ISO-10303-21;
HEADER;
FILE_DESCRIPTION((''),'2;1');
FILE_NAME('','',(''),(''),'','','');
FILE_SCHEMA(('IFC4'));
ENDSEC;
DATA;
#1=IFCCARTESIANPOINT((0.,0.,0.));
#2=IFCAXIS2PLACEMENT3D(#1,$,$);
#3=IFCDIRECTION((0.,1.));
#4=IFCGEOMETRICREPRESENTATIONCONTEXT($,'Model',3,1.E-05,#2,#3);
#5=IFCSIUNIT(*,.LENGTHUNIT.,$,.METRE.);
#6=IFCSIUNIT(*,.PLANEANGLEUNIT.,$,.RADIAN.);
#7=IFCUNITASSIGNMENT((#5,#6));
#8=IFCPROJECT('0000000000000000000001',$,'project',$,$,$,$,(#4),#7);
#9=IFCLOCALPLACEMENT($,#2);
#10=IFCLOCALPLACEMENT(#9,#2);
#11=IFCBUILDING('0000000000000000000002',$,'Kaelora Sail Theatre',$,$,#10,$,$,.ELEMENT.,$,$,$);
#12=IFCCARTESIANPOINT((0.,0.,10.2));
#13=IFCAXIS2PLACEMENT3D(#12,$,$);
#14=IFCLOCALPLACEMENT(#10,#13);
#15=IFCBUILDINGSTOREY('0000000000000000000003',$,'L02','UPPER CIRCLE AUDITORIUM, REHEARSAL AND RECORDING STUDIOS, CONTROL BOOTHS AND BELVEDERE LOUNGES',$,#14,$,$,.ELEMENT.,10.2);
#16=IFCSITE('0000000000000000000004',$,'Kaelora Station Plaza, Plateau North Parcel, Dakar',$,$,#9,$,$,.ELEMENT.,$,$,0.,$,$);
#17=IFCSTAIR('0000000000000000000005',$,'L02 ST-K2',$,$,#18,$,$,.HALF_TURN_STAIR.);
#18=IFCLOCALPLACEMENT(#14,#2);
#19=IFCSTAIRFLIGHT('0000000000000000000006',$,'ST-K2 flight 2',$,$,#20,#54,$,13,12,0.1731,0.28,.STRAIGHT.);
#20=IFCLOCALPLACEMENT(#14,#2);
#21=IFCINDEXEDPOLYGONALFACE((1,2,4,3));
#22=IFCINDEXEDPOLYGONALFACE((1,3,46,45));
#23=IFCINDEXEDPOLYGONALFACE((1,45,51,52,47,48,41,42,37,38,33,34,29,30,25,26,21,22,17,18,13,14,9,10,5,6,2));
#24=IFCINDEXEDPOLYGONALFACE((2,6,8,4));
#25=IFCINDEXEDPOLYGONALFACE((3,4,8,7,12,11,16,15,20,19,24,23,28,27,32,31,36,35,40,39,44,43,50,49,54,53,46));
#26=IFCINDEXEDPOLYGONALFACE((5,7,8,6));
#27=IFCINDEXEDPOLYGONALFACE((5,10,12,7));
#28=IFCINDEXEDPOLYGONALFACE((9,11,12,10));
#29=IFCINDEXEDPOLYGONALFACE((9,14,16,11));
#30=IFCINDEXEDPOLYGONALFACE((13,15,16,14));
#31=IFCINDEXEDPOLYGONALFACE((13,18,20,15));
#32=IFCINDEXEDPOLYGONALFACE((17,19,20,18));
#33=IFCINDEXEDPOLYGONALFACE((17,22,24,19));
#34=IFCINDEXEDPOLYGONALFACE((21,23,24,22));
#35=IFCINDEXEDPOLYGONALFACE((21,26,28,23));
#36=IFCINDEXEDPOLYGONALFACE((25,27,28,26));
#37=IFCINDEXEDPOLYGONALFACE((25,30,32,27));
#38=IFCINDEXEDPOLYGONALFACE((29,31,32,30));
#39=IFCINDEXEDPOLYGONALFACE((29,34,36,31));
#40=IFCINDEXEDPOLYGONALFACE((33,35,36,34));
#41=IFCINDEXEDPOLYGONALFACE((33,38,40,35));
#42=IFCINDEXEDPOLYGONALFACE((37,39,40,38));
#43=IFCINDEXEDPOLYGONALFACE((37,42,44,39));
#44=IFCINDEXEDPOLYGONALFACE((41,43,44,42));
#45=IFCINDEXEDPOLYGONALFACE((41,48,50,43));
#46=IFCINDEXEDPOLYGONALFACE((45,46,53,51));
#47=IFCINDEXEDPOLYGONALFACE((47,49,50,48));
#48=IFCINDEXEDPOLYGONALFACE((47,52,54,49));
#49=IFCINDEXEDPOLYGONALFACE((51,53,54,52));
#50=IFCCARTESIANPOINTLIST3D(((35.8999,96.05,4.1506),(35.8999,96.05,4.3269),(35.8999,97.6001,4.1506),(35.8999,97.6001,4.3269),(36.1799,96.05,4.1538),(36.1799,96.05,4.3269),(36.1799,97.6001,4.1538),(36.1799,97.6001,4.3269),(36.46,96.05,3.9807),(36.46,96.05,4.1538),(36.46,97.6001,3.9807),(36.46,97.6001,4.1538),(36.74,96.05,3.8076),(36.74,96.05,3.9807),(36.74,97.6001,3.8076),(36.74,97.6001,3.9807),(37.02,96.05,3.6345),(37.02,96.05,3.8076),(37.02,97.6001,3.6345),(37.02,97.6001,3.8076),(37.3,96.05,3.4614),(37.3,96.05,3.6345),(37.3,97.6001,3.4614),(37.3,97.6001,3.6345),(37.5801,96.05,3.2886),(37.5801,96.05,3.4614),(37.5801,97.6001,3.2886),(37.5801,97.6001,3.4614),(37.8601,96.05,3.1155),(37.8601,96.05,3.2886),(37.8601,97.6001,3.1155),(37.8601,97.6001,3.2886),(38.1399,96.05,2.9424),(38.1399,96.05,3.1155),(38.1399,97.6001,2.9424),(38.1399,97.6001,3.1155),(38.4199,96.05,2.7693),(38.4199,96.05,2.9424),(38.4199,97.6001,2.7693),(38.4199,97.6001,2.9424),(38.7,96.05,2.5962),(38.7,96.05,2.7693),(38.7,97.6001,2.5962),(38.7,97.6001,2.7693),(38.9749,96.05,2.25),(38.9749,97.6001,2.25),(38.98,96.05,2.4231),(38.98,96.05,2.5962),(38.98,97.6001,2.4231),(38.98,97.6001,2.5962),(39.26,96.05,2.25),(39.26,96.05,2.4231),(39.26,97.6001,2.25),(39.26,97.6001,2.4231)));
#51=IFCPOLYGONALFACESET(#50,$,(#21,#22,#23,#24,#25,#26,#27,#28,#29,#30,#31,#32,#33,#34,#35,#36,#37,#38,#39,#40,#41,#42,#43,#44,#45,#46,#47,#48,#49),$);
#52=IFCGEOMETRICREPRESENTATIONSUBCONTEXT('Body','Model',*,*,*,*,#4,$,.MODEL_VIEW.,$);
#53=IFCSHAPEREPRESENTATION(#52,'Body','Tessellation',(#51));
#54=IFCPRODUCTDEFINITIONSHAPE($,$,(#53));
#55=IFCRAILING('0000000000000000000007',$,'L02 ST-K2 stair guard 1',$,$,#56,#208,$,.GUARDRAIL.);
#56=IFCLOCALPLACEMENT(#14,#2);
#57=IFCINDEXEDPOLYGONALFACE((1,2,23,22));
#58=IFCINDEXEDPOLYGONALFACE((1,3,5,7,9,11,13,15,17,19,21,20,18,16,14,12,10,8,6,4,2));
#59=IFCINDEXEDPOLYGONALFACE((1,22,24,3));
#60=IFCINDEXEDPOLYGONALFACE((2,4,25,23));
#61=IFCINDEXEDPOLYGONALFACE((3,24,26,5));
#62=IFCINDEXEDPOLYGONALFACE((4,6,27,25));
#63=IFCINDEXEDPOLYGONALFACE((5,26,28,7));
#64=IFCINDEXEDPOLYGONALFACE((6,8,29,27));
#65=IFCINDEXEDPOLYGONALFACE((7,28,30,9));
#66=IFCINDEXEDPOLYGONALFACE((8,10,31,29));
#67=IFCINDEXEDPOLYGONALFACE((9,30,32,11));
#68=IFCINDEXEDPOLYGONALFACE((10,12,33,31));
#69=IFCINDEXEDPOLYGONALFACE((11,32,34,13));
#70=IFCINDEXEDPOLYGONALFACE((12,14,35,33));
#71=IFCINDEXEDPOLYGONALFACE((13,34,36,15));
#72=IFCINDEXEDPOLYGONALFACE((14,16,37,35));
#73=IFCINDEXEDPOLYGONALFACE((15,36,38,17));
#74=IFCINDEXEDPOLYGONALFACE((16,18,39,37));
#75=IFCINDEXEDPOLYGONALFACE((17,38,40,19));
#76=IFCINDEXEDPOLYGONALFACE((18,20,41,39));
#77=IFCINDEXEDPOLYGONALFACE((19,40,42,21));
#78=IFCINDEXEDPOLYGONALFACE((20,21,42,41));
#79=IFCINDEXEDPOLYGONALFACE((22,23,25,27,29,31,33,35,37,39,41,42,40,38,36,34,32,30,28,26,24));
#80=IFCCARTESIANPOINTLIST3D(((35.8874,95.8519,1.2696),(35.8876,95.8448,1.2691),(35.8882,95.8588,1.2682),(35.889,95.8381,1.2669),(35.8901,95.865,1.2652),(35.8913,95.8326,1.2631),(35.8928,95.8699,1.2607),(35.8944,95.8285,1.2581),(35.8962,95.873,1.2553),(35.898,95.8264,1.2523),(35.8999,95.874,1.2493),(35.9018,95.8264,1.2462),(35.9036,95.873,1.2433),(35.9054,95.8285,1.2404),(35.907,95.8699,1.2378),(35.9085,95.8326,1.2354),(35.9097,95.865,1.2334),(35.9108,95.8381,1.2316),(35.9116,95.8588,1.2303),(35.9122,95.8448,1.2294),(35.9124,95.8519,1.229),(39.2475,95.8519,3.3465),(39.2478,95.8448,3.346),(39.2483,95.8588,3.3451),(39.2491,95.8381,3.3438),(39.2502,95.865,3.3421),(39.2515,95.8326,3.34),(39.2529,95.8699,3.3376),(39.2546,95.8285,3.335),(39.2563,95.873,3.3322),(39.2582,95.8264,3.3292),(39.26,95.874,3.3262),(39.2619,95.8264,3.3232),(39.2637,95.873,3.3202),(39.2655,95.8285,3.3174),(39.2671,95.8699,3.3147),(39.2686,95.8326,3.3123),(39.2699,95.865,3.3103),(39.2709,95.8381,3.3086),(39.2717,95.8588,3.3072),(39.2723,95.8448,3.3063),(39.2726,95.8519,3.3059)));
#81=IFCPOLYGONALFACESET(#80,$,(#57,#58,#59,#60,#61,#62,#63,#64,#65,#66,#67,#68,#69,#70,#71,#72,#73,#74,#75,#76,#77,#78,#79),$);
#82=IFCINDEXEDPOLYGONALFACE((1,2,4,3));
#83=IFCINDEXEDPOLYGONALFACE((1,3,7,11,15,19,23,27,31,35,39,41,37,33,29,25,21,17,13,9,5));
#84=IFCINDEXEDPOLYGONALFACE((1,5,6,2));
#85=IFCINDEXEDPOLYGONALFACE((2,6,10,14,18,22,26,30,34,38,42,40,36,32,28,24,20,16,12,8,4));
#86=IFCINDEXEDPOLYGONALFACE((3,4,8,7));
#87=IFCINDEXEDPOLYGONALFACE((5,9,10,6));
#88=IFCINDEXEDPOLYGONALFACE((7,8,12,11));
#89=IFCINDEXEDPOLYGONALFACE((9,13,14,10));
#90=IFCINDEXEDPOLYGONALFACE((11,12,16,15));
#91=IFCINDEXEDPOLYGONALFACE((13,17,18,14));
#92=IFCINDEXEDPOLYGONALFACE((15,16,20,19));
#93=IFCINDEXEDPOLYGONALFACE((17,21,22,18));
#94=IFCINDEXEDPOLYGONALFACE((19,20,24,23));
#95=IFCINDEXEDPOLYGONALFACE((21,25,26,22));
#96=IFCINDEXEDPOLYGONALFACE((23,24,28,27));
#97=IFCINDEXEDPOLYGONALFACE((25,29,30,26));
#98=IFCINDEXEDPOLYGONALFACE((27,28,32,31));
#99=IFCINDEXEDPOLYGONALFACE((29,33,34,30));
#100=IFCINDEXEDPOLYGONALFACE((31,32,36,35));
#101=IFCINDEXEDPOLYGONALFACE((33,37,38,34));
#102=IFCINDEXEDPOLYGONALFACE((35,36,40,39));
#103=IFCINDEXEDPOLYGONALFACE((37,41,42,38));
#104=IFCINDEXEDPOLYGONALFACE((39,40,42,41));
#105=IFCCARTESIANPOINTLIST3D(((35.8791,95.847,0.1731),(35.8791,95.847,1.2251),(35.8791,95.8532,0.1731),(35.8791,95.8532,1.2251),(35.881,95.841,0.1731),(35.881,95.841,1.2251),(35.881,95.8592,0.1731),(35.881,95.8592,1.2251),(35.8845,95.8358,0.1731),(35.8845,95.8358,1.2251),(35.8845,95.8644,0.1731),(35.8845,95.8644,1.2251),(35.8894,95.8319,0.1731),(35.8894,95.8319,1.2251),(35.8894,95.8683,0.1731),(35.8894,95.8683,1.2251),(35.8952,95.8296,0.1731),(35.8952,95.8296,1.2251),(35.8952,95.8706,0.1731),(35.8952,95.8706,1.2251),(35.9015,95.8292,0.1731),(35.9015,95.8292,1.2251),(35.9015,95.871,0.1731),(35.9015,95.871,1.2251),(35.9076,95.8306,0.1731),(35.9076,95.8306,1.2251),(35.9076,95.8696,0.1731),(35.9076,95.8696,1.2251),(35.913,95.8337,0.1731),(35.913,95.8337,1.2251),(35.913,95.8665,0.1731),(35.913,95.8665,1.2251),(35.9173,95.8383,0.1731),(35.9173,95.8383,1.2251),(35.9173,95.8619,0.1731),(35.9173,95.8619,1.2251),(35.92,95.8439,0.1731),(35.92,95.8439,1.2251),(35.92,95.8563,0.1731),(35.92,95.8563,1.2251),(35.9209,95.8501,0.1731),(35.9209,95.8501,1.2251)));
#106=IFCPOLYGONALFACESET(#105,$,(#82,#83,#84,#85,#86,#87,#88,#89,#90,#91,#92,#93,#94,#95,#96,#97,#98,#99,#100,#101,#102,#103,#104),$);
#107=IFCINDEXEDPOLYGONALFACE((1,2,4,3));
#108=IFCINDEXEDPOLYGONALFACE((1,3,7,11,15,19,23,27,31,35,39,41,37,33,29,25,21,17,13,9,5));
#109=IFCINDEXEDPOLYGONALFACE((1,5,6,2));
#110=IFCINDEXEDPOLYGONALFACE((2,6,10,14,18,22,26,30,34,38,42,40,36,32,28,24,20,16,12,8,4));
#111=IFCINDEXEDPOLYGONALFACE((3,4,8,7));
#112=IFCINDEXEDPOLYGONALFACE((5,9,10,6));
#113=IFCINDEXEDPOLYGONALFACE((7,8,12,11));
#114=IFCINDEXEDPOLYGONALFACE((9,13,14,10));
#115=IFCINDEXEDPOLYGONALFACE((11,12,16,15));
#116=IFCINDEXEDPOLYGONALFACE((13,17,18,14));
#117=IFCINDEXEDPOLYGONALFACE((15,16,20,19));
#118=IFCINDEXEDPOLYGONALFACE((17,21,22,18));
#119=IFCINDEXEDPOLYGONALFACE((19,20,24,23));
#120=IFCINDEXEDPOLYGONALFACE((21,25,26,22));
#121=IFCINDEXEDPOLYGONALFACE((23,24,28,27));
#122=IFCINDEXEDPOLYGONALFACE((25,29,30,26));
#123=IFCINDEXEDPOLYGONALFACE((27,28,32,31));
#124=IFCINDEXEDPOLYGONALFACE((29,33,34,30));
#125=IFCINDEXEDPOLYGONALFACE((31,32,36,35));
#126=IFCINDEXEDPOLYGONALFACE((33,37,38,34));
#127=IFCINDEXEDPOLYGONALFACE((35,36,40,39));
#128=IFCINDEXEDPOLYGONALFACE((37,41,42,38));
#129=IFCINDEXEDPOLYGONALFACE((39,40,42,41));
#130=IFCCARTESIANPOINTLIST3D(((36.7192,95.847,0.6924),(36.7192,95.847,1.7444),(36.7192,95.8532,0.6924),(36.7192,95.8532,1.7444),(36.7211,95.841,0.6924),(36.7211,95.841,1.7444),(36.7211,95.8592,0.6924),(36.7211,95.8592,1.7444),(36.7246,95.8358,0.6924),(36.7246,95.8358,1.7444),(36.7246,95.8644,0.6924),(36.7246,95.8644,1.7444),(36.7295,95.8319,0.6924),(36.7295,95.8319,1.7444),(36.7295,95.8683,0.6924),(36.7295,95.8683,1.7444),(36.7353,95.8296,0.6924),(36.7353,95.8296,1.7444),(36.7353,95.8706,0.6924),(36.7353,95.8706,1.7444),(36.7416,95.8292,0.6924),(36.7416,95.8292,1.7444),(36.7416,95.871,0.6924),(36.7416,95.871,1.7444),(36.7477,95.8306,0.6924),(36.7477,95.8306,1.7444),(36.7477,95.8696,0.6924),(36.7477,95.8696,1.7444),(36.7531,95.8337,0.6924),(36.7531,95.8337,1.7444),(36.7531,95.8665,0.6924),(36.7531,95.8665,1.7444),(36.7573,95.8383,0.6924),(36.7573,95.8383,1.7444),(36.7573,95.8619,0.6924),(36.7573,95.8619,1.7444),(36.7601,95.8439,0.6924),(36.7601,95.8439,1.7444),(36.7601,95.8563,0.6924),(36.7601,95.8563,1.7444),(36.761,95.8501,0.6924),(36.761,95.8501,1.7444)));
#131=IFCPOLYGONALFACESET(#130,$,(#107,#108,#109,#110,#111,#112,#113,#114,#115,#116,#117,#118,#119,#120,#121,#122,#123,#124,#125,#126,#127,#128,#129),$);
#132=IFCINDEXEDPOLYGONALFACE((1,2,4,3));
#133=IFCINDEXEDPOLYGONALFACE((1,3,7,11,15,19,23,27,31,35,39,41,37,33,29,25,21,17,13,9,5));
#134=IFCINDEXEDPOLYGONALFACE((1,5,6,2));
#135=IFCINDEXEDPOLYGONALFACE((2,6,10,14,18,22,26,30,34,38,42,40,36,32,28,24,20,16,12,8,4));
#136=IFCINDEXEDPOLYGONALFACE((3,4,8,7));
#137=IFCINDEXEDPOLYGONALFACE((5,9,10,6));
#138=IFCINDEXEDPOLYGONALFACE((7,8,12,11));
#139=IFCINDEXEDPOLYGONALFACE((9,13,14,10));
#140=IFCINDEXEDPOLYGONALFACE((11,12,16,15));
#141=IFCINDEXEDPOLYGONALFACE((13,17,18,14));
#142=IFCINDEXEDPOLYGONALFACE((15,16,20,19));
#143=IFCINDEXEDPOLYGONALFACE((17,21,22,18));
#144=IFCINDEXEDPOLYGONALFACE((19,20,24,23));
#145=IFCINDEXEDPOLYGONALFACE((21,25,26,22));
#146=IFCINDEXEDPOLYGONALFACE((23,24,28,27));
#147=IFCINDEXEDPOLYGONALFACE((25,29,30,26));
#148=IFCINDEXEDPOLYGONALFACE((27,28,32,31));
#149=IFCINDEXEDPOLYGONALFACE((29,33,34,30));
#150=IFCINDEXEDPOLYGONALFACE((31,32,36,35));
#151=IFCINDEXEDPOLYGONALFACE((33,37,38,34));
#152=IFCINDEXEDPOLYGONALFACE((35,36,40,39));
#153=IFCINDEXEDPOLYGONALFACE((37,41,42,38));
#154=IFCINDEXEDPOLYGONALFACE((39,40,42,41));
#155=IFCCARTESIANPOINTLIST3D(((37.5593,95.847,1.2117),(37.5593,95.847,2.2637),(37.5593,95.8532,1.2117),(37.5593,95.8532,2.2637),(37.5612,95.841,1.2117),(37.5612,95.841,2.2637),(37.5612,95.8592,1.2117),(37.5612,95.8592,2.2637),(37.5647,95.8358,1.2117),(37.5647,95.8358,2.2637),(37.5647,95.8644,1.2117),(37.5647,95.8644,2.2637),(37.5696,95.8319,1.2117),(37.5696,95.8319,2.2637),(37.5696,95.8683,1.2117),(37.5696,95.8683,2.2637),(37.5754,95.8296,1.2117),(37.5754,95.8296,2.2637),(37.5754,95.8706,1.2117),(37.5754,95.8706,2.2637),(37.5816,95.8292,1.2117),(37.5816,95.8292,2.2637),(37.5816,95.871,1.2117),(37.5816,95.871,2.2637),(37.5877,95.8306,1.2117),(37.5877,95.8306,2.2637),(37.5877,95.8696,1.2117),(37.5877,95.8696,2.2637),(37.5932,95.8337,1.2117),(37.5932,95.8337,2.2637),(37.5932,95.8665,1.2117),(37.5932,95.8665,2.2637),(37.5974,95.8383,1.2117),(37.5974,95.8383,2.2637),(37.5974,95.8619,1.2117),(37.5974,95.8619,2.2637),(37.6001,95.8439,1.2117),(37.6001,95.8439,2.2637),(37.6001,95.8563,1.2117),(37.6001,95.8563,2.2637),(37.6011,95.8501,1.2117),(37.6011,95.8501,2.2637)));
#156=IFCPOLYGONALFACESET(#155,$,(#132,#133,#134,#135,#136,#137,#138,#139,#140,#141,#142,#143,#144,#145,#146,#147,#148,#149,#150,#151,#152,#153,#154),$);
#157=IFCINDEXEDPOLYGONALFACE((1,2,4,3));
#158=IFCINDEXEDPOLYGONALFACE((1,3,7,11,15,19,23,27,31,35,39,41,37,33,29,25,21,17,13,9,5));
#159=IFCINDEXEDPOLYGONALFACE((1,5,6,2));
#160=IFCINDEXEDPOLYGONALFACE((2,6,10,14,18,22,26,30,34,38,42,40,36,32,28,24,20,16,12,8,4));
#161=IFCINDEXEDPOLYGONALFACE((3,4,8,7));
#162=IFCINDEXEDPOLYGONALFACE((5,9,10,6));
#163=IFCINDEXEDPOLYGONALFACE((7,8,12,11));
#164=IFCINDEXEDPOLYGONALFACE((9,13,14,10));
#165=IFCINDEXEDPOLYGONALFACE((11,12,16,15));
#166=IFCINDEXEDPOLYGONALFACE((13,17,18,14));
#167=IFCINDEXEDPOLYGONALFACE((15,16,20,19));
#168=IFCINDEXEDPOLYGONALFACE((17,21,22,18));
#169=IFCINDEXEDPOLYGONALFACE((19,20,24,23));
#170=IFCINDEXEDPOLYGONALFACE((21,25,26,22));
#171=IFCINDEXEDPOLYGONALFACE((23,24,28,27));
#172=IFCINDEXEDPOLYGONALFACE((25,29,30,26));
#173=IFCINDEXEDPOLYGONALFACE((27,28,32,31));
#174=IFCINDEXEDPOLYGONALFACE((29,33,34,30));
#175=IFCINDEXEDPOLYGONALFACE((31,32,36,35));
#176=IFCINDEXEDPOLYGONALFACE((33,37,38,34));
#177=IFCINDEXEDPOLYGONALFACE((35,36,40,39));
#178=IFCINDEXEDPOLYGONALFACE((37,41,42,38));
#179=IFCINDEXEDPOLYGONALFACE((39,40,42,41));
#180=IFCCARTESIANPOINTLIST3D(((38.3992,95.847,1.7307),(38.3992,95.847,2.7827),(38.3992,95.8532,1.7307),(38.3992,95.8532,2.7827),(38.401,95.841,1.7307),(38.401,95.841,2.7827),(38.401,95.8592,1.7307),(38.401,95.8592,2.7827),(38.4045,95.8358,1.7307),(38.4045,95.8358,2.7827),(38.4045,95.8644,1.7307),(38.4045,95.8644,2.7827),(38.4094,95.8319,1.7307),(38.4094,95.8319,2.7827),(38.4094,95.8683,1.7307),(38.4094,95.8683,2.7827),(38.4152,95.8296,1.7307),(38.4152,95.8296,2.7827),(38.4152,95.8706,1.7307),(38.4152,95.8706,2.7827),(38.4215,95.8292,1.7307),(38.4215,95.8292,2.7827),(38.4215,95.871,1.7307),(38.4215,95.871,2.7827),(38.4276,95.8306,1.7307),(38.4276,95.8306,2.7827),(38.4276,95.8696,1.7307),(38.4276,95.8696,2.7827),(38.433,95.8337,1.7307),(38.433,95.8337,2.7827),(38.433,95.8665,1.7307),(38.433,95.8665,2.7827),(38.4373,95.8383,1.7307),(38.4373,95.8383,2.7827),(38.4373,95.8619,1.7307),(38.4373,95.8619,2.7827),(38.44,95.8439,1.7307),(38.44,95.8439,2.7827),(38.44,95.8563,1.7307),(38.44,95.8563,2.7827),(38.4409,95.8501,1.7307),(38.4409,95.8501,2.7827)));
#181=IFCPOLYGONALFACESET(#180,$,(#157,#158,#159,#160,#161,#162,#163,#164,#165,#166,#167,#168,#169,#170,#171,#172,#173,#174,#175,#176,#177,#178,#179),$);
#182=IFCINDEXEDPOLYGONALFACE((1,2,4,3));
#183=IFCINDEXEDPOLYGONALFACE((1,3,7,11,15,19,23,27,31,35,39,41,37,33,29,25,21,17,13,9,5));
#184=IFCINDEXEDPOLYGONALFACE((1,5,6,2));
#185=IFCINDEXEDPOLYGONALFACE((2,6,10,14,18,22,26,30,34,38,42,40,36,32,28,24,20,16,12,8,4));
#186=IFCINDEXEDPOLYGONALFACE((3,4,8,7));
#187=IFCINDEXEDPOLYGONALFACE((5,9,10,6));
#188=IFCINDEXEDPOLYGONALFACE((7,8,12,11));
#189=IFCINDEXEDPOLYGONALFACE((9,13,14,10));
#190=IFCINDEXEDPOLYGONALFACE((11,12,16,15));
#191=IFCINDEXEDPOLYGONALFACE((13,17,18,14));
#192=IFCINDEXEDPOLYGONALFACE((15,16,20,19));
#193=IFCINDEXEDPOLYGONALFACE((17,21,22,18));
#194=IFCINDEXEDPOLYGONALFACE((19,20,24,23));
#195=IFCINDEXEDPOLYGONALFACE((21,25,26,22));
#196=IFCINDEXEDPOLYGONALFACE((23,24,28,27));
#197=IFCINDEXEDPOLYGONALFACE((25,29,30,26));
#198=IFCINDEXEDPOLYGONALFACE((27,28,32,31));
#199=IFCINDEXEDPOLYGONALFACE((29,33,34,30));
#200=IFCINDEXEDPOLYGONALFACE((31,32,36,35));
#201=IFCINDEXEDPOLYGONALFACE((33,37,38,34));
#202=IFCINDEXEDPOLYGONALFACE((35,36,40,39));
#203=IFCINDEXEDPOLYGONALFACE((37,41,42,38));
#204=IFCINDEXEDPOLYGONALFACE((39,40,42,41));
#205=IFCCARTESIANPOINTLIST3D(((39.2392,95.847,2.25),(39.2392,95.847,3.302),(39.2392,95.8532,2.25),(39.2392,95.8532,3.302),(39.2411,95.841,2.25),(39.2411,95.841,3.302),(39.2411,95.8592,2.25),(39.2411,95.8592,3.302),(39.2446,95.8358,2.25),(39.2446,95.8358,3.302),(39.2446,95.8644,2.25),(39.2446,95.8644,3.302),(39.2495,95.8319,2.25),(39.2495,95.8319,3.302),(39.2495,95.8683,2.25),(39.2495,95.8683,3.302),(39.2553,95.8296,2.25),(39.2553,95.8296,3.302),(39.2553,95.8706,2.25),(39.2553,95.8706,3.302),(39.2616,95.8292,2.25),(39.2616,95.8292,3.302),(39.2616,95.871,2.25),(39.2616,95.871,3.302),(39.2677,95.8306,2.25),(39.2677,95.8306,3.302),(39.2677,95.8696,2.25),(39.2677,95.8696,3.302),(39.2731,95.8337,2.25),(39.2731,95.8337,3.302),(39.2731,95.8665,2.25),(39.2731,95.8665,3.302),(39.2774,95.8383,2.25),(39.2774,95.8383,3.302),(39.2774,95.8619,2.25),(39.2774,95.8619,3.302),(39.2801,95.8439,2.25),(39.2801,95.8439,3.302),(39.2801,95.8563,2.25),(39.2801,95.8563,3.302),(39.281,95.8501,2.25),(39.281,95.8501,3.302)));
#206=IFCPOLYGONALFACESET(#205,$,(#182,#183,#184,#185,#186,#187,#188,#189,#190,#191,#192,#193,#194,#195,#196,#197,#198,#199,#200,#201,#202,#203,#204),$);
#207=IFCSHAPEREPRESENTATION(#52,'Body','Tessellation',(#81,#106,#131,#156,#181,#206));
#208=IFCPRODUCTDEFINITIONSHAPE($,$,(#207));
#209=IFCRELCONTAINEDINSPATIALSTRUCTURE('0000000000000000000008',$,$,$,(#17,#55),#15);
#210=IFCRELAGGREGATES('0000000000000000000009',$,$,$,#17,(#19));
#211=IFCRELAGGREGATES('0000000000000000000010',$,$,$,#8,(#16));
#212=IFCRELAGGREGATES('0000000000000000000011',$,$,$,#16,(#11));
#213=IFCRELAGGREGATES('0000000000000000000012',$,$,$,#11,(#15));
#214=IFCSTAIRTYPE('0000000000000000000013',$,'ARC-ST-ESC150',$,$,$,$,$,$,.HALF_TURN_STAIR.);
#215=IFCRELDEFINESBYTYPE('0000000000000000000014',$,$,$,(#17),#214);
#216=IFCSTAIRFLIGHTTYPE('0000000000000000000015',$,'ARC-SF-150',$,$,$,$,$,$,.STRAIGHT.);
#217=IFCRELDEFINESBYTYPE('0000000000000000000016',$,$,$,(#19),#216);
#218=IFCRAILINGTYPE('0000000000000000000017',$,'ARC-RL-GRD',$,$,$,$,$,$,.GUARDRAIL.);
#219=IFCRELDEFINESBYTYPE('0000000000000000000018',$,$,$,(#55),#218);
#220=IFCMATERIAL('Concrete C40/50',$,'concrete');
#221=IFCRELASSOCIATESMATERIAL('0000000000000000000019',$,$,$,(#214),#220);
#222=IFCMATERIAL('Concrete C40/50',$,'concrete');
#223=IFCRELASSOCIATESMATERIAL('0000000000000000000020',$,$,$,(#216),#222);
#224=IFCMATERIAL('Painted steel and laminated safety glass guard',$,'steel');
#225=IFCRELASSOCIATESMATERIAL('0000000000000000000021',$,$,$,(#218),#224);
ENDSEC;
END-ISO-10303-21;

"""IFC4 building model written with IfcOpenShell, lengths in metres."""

from ifc_helpers import new_model, si_unit, direction, frame, origin, origin_2d, place, context, subcontext, project, spatial, polyline, circle, outline, extrude, material, type_object, element, aggregate, save


model = new_model("IFC4")

# Units and contexts
model_context = context("Model", 3, precision=1e-05, world=origin(), true_north=direction((0.0, 1.0)))
body_context = subcontext(model_context, "Body", "Model", "MODEL_VIEW")
ifc_project = project(units=[si_unit("LENGTHUNIT", "METRE"), si_unit("PLANEANGLEUNIT", "RADIAN")], contexts=[model_context])

# Site, building, storey
site_placement = place(None, origin())
site = spatial("IfcSite", under=ifc_project, at=site_placement, Name="Kaelora Station Plaza, Plateau North Parcel, Dakar", CompositionType="ELEMENT", RefElevation=0.0)
building_placement = place(site_placement, origin())
building = spatial("IfcBuilding", under=site, at=building_placement, Name="Kaelora Sail Theatre", CompositionType="ELEMENT")
storey_placement = place(building_placement, frame((0.0, 0.0, 10.2)))
storey = spatial("IfcBuildingStorey", under=building, at=storey_placement, Name="L02", Description="UPPER CIRCLE AUDITORIUM, REHEARSAL AND RECORDING STUDIOS, CONTROL BOOTHS AND BELVEDERE LOUNGES", CompositionType="ELEMENT", Elevation=10.2)

# Stair, stair flight
ifc_material_1 = material(Name="Concrete C40/50", Category="concrete")
stair_type = type_object("IfcStairType", Name="ARC-ST-ESC150", PredefinedType="HALF_TURN_STAIR", material=ifc_material_1)
stair_placement = place(storey_placement, origin())
stair = element("IfcStair", 1, at=stair_placement, inside=storey, type_object=stair_type, Name="L02 ST-K2", PredefinedType="HALF_TURN_STAIR")
ifc_material_2 = material(Name="Concrete C40/50", Category="concrete")
stair_flight_type = type_object("IfcStairFlightType", Name="ARC-SF-150", PredefinedType="STRAIGHT", material=ifc_material_2)
stair_flight_1_placement = place(storey_placement, frame((39.26, 96.825, 2.25), z_axis=(0.0, 0.0, 1.0), x_axis=(-1.0, 0.0, 0.0)))
stair_flight_1 = element("IfcStairFlight", 2, at=stair_flight_1_placement, type_object=stair_flight_type, Name="ST-K2 flight 2", NumberOfRisers=13, NumberOfTreads=12, PredefinedType="STRAIGHT", RiserHeight=0.1731, TreadLength=0.28, context=body_context, shape_type="SweptSolid", body=[
    extrude(outline(polyline([(0.0, 0.0), (0.0, 0.1731), (0.28, 0.1731), (0.28, 0.3462), (0.5601, 0.3462), (0.5601, 0.5193), (0.8401, 0.5193), (0.8401, 0.6924), (1.1201, 0.6924), (1.1201, 0.8655), (1.3999, 0.8655), (1.3999, 1.0386), (1.6799, 1.0386), (1.6799, 1.2114), (1.96, 1.2114), (1.96, 1.3845), (2.24, 1.3845), (2.24, 1.5576), (2.52, 1.5576), (2.52, 1.7307), (2.8, 1.7307), (2.8, 1.9038), (3.0801, 1.9038), (3.0801, 2.0769), (3.3601, 2.0769), (3.3601, 2.25), (3.3601, 1.9006), (0.2852, 0.0), (0.0, 0.0)])), frame((0.0, 0.7749, 0.0), z_axis=(0.0, -1.0, 0.0), x_axis=(1.0, 0.0, 0.0)), (0.0, 0.0, 1.0), 1.55),
])
aggregate(stair, [stair_flight_1])

# Railing
ifc_material_3 = material(Name="Painted steel and laminated safety glass guard", Category="steel")
railing_type_1 = type_object("IfcRailingType", Name="ARC-RL-GRD", PredefinedType="GUARDRAIL", material=ifc_material_3)
railing_1_placement = place(storey_placement, frame((35.8999, 95.8501, 0.1731)))
element("IfcRailing", 3, at=railing_1_placement, inside=storey, type_object=railing_type_1, Name="L02 ST-K2 stair guard 1", PredefinedType="GUARDRAIL", context=body_context, shape_type="SweptSolid", body=[
    extrude(circle(Radius=0.0239, at=origin_2d()), frame((0.0, 0.0, 1.0762), z_axis=(0.850623, 0.0, 0.525776), x_axis=(0.0, 1.0, 0.0)), (0.0, 0.0, 1.0), 3.9502),
    extrude(circle(Radius=0.021, at=origin_2d()), origin(), (0.0, 0.0, 1.0), 1.052),
    extrude(circle(Radius=0.021, at=origin_2d()), frame((0.8401, 0.0, 0.5193)), (0.0, 0.0, 1.0), 1.052),
    extrude(circle(Radius=0.021, at=origin_2d()), frame((1.6802, 0.0, 1.0386)), (0.0, 0.0, 1.0), 1.052),
    extrude(circle(Radius=0.021, at=origin_2d()), frame((2.52, 0.0, 1.5576)), (0.0, 0.0, 1.0), 1.052),
    extrude(circle(Radius=0.021, at=origin_2d()), frame((3.3601, 0.0, 2.0769)), (0.0, 0.0, 1.0), 1.052),
])

save(model, "model.ifc")
